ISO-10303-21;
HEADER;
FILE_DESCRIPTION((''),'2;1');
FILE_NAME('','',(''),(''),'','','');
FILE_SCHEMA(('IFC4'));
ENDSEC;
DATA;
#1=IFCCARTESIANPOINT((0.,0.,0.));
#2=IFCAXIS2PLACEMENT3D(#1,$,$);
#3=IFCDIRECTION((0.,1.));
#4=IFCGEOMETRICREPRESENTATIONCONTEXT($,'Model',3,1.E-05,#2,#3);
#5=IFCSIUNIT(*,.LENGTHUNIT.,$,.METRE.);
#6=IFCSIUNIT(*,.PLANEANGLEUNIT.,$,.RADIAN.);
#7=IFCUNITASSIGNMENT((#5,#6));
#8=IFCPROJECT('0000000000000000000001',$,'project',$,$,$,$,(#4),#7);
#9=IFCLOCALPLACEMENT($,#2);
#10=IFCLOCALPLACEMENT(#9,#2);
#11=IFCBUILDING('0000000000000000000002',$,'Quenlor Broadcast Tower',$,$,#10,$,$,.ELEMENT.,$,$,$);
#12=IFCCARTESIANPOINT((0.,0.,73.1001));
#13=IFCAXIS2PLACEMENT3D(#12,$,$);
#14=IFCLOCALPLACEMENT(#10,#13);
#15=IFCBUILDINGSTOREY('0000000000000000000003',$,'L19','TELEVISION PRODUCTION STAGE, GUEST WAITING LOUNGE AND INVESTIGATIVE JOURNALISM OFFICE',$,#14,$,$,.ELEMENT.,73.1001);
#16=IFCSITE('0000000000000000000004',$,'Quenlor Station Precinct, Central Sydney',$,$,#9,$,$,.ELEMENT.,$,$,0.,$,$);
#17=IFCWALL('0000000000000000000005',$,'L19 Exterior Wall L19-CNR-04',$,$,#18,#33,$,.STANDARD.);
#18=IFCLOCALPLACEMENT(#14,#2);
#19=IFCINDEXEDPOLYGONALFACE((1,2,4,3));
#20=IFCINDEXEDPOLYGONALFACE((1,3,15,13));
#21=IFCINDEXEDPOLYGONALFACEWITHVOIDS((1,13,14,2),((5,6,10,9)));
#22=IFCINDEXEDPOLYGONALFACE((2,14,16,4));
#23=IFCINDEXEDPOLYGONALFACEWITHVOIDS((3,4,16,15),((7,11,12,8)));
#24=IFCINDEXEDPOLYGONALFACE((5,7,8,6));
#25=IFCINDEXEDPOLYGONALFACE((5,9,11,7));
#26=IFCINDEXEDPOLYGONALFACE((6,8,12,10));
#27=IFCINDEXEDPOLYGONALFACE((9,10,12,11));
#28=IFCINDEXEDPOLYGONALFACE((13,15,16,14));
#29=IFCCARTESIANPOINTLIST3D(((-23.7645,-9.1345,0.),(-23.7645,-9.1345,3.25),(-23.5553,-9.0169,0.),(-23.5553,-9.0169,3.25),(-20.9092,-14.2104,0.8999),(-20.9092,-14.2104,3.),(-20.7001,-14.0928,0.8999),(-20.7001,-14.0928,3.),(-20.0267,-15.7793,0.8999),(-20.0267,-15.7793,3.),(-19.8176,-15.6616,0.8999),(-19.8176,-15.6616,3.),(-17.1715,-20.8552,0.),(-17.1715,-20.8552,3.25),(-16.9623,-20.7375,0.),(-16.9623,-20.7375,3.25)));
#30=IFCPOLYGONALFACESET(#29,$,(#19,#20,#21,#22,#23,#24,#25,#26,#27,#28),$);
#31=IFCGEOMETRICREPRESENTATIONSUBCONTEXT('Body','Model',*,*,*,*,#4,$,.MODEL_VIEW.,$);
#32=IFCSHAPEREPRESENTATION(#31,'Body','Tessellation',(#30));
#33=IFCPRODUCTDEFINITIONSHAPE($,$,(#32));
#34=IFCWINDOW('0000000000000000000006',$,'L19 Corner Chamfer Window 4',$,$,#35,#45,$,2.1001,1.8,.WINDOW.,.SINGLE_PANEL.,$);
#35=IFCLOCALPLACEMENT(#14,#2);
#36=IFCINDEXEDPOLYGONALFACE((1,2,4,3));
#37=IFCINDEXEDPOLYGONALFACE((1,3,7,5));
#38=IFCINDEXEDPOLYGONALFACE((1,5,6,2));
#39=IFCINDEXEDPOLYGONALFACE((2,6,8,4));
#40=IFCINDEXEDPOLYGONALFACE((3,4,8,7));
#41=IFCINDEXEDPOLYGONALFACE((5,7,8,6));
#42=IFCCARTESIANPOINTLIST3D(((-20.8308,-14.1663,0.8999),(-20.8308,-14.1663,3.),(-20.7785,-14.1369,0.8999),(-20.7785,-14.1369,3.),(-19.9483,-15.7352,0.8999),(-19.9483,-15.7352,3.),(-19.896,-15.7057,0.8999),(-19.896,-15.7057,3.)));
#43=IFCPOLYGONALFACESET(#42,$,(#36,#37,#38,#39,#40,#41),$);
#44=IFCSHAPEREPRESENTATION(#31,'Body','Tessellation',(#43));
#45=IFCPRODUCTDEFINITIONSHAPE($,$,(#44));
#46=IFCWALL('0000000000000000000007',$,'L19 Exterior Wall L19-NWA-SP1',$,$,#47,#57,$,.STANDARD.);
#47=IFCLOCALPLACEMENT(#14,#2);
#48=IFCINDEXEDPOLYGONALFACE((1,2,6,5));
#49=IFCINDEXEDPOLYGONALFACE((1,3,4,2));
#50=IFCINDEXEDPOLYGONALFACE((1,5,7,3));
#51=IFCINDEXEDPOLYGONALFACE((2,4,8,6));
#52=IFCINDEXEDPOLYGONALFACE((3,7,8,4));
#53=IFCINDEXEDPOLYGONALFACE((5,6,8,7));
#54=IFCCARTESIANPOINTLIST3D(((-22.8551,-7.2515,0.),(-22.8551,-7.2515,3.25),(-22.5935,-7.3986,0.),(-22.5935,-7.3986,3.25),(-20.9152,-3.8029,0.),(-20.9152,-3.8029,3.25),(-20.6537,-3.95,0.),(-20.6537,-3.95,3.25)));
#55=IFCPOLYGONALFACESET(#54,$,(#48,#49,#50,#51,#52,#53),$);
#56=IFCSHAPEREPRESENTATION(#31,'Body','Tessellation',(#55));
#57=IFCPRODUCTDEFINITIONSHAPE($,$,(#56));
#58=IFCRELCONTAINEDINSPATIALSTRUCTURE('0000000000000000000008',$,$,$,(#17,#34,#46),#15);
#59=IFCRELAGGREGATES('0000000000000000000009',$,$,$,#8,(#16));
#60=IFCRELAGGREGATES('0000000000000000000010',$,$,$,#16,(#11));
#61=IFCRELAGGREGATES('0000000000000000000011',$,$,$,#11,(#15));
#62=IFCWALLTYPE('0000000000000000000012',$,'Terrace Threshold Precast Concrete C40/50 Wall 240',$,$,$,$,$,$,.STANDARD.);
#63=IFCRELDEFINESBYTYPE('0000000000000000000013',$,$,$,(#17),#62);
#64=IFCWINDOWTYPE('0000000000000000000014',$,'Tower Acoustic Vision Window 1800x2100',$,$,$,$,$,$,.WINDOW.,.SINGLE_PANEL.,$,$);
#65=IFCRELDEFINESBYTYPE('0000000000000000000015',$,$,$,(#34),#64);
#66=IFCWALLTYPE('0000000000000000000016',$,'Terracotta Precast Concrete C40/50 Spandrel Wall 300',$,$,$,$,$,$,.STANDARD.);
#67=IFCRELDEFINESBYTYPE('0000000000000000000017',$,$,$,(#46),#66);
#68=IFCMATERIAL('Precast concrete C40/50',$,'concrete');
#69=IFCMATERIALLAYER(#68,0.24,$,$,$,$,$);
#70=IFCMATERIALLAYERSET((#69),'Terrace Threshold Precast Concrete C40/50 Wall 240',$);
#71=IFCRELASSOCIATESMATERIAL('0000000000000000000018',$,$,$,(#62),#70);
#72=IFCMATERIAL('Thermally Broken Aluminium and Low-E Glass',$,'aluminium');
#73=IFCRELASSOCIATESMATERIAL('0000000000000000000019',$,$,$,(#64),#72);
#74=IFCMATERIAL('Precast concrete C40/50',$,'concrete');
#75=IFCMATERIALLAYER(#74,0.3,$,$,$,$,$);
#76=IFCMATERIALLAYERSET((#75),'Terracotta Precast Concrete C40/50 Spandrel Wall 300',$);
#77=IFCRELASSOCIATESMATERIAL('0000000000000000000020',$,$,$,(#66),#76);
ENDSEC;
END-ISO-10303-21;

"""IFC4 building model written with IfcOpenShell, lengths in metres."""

from ifc_helpers import new_model, si_unit, direction, frame, frame_2d, origin, place, context, subcontext, project, spatial, rectangle, extrude, material, layer, layer_set, type_object, element, fill, save


model = new_model("IFC4")

# Units and contexts
model_context = context("Model", 3, precision=1e-05, world=origin(), true_north=direction((0.0, 1.0)))
body_context = subcontext(model_context, "Body", "Model", "MODEL_VIEW")
ifc_project = project(units=[si_unit("LENGTHUNIT", "METRE"), si_unit("PLANEANGLEUNIT", "RADIAN")], contexts=[model_context])

# Site, building, storey
site_placement = place(None, origin())
site = spatial("IfcSite", under=ifc_project, at=site_placement, Name="Quenlor Station Precinct, Central Sydney", CompositionType="ELEMENT", RefElevation=0.0)
building_placement = place(site_placement, origin())
building = spatial("IfcBuilding", under=site, at=building_placement, Name="Quenlor Broadcast Tower", CompositionType="ELEMENT")
storey_placement = place(building_placement, frame((0.0, 0.0, 73.1001)))
storey = spatial("IfcBuildingStorey", under=building, at=storey_placement, Name="L19", Description="TELEVISION PRODUCTION STAGE, GUEST WAITING LOUNGE AND INVESTIGATIVE JOURNALISM OFFICE", CompositionType="ELEMENT", Elevation=73.1001)

# Shared definitions
ifc_material_1 = material(Name="Precast concrete C40/50", Category="concrete")
ifc_layer_1 = layer(ifc_material_1, 0.24)
ifc_layer_set_1 = layer_set([ifc_layer_1], Name="Terrace Threshold Precast Concrete C40/50 Wall 240")
wall_type_1 = type_object("IfcWallType", Name="Terrace Threshold Precast Concrete C40/50 Wall 240", PredefinedType="STANDARD", material=ifc_layer_set_1)

# Wall, opening, window
wall_1_placement = place(storey_placement, frame((-23.6599, -9.0757, 0.0), z_axis=(0.0, 0.0, 1.0), x_axis=(0.490268, -0.871572, 0.0)))
wall_1 = element("IfcWall", 1, at=wall_1_placement, inside=storey, type_object=wall_type_1, Name="L19 Exterior Wall L19-CNR-04", PredefinedType="STANDARD", context=body_context, shape_type="SweptSolid", body=[
    extrude(rectangle(XDim=13.4478, YDim=0.24, at=frame_2d((6.7239, 0.0))), origin(), (0.0, 0.0, 1.0), 3.25),
])
opening_placement = place(wall_1_placement, frame((5.824, 0.0, 0.8999)))
opening = element("IfcOpeningElement", 2, at=opening_placement, cuts=wall_1, PredefinedType="OPENING", context=body_context, shape_type="SweptSolid", body=[
    extrude(rectangle(XDim=1.8, YDim=2.1001, at=frame_2d((0.8999, 1.05))), frame((0.0, 0.1299, 0.0), z_axis=(0.0, -1.0, 0.0), x_axis=(1.0, 0.0, 0.0)), (0.0, 0.0, 1.0), 0.26),
])
ifc_material_2 = material(Name="Thermally Broken Aluminium and Low-E Glass", Category="aluminium")
window_type = type_object("IfcWindowType", Name="Tower Acoustic Vision Window 1800x2100", PartitioningType="SINGLE_PANEL", PredefinedType="WINDOW", material=ifc_material_2)
window_placement = place(opening_placement, origin())
window = element("IfcWindow", 3, at=window_placement, inside=storey, type_object=window_type, Name="L19 Corner Chamfer Window 4", OverallHeight=2.1001, OverallWidth=1.8, PartitioningType="SINGLE_PANEL", PredefinedType="WINDOW", context=body_context, shape_type="SweptSolid", body=[
    extrude(rectangle(XDim=1.8, YDim=2.1001, at=frame_2d((0.8999, 1.05))), frame((0.0, 0.03, 0.0), z_axis=(0.0, -1.0, 0.0), x_axis=(1.0, 0.0, 0.0)), (0.0, 0.0, 1.0), 0.0601),
])
fill(opening, window)

# Wall
ifc_material_3 = material(Name="Precast concrete C40/50", Category="concrete")
ifc_layer_2 = layer(ifc_material_3, 0.3)
ifc_layer_set_2 = layer_set([ifc_layer_2], Name="Terracotta Precast Concrete C40/50 Spandrel Wall 300")
wall_type_2 = type_object("IfcWallType", Name="Terracotta Precast Concrete C40/50 Spandrel Wall 300", PredefinedType="STANDARD", material=ifc_layer_set_2)
wall_2_placement = place(storey_placement, frame((-22.7244, -7.3252, 0.0), z_axis=(0.0, 0.0, 1.0), x_axis=(0.490267, 0.871572, 0.0)))
element("IfcWall", 4, at=wall_2_placement, inside=storey, type_object=wall_type_2, Name="L19 Exterior Wall L19-NWA-SP1", PredefinedType="STANDARD", context=body_context, shape_type="SweptSolid", body=[
    extrude(rectangle(XDim=3.9568, YDim=0.3, at=frame_2d((1.9785, 0.0))), origin(), (0.0, 0.0, 1.0), 3.25),
])

save(model, "model.ifc")
